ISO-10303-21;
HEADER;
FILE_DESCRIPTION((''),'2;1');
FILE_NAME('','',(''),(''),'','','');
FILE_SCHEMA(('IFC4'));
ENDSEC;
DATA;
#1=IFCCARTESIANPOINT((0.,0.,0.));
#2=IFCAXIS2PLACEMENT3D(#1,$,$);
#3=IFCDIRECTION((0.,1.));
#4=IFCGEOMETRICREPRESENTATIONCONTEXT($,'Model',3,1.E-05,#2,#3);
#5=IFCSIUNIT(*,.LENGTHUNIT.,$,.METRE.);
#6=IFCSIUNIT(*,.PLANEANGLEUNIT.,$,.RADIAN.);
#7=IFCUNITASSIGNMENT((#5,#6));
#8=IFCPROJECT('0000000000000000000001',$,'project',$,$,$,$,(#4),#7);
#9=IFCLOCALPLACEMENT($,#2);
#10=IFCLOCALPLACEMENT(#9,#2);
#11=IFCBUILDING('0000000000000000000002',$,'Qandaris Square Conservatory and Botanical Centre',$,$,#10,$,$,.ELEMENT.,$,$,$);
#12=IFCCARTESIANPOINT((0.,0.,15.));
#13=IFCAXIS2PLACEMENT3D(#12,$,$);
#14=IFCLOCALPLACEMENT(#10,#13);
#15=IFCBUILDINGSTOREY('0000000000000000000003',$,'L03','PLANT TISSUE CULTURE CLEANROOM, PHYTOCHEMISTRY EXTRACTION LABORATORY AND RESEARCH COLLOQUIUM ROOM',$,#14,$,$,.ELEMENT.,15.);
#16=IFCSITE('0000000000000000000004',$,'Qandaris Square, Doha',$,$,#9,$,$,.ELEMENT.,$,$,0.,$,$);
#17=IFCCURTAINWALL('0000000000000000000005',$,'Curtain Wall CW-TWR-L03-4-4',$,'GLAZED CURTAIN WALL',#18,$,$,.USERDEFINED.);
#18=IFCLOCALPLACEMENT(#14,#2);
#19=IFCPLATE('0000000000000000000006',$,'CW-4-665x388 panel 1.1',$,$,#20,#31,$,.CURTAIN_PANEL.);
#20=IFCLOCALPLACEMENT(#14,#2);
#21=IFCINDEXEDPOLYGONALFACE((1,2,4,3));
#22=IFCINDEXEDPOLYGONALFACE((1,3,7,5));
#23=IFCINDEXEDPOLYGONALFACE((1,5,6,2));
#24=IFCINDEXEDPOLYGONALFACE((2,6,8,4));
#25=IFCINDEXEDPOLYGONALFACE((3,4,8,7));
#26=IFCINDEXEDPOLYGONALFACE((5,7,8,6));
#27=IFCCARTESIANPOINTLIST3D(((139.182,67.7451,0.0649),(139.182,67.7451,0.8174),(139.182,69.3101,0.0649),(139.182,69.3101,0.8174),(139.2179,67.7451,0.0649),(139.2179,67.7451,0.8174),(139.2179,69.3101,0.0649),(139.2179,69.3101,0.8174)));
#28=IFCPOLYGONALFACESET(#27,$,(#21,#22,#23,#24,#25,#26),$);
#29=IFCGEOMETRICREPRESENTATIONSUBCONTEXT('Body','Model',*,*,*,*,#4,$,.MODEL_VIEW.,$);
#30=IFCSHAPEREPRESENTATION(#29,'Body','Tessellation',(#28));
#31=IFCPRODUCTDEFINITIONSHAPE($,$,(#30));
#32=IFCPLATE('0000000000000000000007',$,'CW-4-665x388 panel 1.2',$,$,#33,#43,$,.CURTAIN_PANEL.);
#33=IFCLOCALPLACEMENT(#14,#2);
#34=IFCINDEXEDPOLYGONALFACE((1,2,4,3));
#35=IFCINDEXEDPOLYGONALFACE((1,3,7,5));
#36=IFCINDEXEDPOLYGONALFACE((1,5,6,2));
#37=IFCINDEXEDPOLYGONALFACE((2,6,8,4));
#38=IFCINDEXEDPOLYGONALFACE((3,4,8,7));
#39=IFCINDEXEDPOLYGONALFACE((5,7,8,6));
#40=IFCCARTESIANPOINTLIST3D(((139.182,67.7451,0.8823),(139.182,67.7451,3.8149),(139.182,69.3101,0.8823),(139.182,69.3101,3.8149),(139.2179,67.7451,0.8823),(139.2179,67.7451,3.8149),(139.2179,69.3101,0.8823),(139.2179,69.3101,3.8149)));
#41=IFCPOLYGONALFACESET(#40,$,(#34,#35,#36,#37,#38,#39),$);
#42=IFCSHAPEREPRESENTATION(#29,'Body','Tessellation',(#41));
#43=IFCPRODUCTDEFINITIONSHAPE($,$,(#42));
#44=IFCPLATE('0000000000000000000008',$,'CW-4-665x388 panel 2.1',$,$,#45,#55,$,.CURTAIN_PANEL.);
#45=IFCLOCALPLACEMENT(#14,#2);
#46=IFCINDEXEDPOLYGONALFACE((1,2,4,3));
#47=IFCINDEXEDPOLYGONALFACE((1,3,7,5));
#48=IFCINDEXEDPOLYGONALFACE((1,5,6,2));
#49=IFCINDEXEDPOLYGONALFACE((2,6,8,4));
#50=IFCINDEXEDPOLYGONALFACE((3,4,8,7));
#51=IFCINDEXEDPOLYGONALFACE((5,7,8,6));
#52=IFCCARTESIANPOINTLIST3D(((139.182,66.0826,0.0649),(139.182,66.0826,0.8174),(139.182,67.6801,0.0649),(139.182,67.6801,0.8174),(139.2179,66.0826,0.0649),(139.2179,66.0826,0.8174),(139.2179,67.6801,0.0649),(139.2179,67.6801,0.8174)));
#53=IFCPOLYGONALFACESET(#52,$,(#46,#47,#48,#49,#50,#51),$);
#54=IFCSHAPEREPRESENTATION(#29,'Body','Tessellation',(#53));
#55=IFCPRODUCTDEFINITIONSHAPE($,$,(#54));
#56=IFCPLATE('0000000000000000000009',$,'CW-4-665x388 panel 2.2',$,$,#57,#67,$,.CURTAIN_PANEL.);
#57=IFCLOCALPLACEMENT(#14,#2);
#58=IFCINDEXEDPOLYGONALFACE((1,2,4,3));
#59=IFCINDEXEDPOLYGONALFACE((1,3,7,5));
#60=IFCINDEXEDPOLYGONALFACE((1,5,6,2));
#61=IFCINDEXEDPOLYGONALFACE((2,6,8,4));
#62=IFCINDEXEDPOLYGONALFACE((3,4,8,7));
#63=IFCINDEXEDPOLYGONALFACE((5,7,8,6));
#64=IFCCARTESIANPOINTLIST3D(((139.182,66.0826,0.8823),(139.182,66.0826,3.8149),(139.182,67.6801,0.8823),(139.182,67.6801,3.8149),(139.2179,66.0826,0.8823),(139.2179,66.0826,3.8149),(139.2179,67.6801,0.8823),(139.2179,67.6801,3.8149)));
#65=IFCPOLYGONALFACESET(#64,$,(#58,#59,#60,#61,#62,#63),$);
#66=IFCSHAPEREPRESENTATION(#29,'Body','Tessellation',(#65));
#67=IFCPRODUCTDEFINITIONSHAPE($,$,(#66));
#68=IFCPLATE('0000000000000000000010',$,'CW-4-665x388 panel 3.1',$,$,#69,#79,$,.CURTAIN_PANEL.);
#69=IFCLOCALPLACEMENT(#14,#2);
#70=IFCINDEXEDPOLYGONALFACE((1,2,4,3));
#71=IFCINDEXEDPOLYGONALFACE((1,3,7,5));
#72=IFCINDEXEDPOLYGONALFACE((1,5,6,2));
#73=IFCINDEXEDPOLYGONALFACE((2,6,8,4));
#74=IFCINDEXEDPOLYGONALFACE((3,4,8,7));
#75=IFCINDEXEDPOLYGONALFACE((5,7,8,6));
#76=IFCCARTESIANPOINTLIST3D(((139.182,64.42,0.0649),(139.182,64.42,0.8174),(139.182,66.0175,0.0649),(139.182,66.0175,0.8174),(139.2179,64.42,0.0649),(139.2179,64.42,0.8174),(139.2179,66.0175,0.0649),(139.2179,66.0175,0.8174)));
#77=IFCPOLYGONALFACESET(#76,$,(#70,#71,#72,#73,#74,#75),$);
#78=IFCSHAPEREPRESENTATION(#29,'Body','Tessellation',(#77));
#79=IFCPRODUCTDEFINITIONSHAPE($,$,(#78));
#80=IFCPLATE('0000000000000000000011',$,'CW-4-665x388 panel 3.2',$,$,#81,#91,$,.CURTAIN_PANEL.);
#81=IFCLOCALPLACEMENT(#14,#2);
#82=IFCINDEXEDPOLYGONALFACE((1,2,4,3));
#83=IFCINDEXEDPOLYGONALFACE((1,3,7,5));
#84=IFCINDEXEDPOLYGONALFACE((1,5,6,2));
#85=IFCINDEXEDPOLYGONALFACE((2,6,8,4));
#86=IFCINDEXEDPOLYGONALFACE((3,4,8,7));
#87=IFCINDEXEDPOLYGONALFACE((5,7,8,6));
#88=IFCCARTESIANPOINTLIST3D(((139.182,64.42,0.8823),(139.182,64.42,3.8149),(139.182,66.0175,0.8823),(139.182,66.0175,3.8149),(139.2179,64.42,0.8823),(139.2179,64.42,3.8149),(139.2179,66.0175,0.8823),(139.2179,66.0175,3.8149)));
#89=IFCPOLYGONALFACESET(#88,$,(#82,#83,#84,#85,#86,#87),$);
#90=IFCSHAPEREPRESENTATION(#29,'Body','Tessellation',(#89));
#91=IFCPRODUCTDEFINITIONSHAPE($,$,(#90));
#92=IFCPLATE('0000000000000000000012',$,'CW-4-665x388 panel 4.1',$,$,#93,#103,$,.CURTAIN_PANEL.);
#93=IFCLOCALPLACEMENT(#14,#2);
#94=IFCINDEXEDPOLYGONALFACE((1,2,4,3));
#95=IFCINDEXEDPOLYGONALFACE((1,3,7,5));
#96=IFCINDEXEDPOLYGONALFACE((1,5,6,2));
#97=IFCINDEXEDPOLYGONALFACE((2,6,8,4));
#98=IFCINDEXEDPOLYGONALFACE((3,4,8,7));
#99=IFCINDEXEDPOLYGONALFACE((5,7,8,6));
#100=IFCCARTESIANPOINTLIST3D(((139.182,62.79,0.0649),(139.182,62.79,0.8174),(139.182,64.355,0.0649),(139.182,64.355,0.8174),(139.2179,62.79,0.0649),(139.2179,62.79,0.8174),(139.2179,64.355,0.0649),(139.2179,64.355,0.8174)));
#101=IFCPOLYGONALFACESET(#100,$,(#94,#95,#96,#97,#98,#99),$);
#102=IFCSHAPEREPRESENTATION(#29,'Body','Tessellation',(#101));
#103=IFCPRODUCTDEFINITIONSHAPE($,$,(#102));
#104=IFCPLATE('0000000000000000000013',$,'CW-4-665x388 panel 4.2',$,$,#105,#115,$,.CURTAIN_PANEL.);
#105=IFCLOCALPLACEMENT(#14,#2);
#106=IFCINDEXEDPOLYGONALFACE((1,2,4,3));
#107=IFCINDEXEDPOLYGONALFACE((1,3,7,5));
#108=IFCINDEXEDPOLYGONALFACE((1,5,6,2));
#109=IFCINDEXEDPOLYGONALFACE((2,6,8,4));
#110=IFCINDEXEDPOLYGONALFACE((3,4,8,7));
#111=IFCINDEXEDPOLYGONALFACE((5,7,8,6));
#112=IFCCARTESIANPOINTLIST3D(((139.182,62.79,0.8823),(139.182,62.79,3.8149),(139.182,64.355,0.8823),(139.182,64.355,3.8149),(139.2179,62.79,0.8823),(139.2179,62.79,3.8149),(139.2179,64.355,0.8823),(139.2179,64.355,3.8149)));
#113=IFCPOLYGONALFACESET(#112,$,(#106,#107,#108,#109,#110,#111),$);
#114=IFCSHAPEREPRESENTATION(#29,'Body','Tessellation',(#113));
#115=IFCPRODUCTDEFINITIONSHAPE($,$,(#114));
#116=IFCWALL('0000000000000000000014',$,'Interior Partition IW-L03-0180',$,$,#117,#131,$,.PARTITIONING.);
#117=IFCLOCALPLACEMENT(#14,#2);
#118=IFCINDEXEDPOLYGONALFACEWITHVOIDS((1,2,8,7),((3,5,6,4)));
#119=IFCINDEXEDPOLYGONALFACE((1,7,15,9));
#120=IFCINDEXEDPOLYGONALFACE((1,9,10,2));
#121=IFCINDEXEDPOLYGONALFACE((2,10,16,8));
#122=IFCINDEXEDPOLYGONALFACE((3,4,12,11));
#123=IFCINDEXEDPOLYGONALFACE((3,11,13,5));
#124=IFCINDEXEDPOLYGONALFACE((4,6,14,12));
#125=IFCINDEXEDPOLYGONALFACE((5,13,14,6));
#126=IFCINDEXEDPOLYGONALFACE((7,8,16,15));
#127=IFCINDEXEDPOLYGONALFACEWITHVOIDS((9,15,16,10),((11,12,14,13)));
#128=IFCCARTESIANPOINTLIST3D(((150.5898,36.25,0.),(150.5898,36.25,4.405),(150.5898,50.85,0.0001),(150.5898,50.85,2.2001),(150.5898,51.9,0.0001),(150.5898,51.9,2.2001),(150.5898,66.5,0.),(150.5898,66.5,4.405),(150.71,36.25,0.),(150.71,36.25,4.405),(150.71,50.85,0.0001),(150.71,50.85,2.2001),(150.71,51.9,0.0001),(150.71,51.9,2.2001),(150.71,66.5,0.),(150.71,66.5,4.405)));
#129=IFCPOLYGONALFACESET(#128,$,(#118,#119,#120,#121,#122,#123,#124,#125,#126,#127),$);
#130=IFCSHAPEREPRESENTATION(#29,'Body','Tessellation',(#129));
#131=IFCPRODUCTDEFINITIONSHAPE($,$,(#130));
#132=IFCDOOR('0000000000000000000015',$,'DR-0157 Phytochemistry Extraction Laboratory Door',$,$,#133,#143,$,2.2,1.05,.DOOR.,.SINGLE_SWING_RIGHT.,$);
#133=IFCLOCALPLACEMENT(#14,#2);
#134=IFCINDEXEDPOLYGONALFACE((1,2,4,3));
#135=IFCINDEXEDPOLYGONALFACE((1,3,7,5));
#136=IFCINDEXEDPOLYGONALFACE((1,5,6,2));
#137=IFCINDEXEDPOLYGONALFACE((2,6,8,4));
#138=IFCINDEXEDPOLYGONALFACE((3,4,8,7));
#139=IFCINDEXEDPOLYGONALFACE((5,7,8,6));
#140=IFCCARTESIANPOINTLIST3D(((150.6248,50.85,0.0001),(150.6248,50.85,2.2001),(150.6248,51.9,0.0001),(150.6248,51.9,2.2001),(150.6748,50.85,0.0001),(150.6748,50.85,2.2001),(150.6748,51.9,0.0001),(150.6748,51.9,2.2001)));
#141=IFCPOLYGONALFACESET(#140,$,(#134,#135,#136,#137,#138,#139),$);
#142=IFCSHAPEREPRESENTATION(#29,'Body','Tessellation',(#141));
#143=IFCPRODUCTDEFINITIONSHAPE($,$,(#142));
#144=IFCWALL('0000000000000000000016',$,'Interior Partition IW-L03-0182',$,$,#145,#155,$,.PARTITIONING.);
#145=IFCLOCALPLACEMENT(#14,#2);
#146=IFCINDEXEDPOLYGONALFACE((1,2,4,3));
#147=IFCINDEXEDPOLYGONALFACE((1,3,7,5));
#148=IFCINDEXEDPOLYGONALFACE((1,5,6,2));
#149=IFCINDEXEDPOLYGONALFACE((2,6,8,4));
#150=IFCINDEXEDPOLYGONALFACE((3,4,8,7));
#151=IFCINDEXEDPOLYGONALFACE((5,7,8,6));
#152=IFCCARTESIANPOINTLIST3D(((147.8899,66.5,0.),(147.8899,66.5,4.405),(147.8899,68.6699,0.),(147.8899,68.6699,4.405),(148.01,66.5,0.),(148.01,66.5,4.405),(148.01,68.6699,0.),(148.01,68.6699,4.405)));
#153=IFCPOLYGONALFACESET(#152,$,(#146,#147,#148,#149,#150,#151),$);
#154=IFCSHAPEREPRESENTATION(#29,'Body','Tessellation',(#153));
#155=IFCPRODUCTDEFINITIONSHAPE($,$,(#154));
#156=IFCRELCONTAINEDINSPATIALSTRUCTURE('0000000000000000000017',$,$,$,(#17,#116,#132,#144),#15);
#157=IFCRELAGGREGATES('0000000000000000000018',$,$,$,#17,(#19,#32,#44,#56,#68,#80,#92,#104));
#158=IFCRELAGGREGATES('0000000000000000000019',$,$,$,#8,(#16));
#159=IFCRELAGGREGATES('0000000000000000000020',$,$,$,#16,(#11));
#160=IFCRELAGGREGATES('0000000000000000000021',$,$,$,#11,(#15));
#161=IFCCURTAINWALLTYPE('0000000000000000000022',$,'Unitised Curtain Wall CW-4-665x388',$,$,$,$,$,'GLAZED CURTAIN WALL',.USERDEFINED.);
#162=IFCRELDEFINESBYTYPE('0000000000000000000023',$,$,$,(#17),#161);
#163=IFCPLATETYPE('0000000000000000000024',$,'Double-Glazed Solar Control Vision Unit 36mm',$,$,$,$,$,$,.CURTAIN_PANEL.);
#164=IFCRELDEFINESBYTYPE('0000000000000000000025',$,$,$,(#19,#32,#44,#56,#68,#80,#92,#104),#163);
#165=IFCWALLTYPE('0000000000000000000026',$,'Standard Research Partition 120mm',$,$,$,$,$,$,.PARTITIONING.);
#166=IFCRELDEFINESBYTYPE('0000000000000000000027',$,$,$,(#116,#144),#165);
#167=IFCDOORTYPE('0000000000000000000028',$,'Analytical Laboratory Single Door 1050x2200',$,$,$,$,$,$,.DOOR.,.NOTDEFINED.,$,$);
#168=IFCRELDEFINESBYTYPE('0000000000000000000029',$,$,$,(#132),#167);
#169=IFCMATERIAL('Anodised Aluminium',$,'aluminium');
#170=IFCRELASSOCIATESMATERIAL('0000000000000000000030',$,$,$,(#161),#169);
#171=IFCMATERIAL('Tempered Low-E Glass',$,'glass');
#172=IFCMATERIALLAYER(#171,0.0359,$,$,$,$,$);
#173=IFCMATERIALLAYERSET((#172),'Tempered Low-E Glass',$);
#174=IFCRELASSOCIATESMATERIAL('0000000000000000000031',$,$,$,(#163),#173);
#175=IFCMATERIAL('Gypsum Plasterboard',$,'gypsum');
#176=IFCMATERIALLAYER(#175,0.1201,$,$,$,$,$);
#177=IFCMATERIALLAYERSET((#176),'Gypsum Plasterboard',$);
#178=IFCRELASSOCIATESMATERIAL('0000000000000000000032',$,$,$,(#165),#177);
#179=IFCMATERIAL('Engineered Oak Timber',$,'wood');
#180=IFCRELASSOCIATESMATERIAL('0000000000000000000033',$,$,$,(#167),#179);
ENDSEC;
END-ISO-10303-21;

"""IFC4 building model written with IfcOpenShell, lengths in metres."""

from ifc_helpers import new_model, si_unit, direction, frame, frame_2d, origin, origin_2d, place, context, subcontext, project, spatial, rectangle, extrude, material, layer, layer_set, type_object, element, fill, aggregate, save


model = new_model("IFC4")

# Units and contexts
model_context = context("Model", 3, precision=1e-05, world=origin(), true_north=direction((0.0, 1.0)))
body_context = subcontext(model_context, "Body", "Model", "MODEL_VIEW")
ifc_project = project(units=[si_unit("LENGTHUNIT", "METRE"), si_unit("PLANEANGLEUNIT", "RADIAN")], contexts=[model_context])

# Site, building, storey
site_placement = place(None, origin())
site = spatial("IfcSite", under=ifc_project, at=site_placement, Name="Qandaris Square, Doha", CompositionType="ELEMENT", RefElevation=0.0)
building_placement = place(site_placement, origin())
building = spatial("IfcBuilding", under=site, at=building_placement, Name="Qandaris Square Conservatory and Botanical Centre", CompositionType="ELEMENT")
storey_placement = place(building_placement, frame((0.0, 0.0, 15.0)))
storey = spatial("IfcBuildingStorey", under=building, at=storey_placement, Name="L03", Description="PLANT TISSUE CULTURE CLEANROOM, PHYTOCHEMISTRY EXTRACTION LABORATORY AND RESEARCH COLLOQUIUM ROOM", CompositionType="ELEMENT", Elevation=15.0)

# Curtain wall
ifc_material_1 = material(Name="Anodised Aluminium", Category="aluminium")
curtain_wall_type = type_object("IfcCurtainWallType", Name="Unitised Curtain Wall CW-4-665x388", ElementType="GLAZED CURTAIN WALL", PredefinedType="USERDEFINED", material=ifc_material_1)
curtain_wall_placement = place(storey_placement, origin())
curtain_wall = element("IfcCurtainWall", 1, at=curtain_wall_placement, inside=storey, type_object=curtain_wall_type, Name="Curtain Wall CW-TWR-L03-4-4", ObjectType="GLAZED CURTAIN WALL", PredefinedType="USERDEFINED")

# Plates
ifc_material_2 = material(Name="Tempered Low-E Glass", Category="glass")
ifc_layer_1 = layer(ifc_material_2, 0.0359)
ifc_layer_set_1 = layer_set([ifc_layer_1], Name="Tempered Low-E Glass")
plate_type = type_object("IfcPlateType", Name="Double-Glazed Solar Control Vision Unit 36mm", PredefinedType="CURTAIN_PANEL", material=ifc_layer_set_1)
plate_1_placement = place(storey_placement, frame((139.2, 68.5276, 0.0649), z_axis=(0.0, 0.0, 1.0), x_axis=(0.0, -1.0, 0.0)))
plate_1 = element("IfcPlate", 2, at=plate_1_placement, type_object=plate_type, Name="CW-4-665x388 panel 1.1", PredefinedType="CURTAIN_PANEL", context=body_context, shape_type="SweptSolid", body=[
    extrude(rectangle(XDim=1.5649, YDim=0.0359, at=origin_2d()), origin(), (0.0, 0.0, 1.0), 0.7524),
])
plate_2_placement = place(storey_placement, frame((139.2, 68.5276, 0.8823), z_axis=(0.0, 0.0, 1.0), x_axis=(0.0, -1.0, 0.0)))
plate_2 = element("IfcPlate", 3, at=plate_2_placement, type_object=plate_type, Name="CW-4-665x388 panel 1.2", PredefinedType="CURTAIN_PANEL", context=body_context, shape_type="SweptSolid", body=[
    extrude(rectangle(XDim=1.5649, YDim=0.0359, at=origin_2d()), origin(), (0.0, 0.0, 1.0), 2.9326),
])
plate_3_placement = place(storey_placement, frame((139.2, 66.8813, 0.0649), z_axis=(0.0, 0.0, 1.0), x_axis=(0.0, -1.0, 0.0)))
plate_3 = element("IfcPlate", 4, at=plate_3_placement, type_object=plate_type, Name="CW-4-665x388 panel 2.1", PredefinedType="CURTAIN_PANEL", context=body_context, shape_type="SweptSolid", body=[
    extrude(rectangle(XDim=1.5974, YDim=0.0359, at=origin_2d()), origin(), (0.0, 0.0, 1.0), 0.7524),
])
plate_4_placement = place(storey_placement, frame((139.2, 66.8813, 0.8823), z_axis=(0.0, 0.0, 1.0), x_axis=(0.0, -1.0, 0.0)))
plate_4 = element("IfcPlate", 5, at=plate_4_placement, type_object=plate_type, Name="CW-4-665x388 panel 2.2", PredefinedType="CURTAIN_PANEL", context=body_context, shape_type="SweptSolid", body=[
    extrude(rectangle(XDim=1.5974, YDim=0.0359, at=origin_2d()), origin(), (0.0, 0.0, 1.0), 2.9326),
])
plate_5_placement = place(storey_placement, frame((139.2, 65.2188, 0.0649), z_axis=(0.0, 0.0, 1.0), x_axis=(0.0, -1.0, 0.0)))
plate_5 = element("IfcPlate", 6, at=plate_5_placement, type_object=plate_type, Name="CW-4-665x388 panel 3.1", PredefinedType="CURTAIN_PANEL", context=body_context, shape_type="SweptSolid", body=[
    extrude(rectangle(XDim=1.5974, YDim=0.0359, at=origin_2d()), origin(), (0.0, 0.0, 1.0), 0.7524),
])
plate_6_placement = place(storey_placement, frame((139.2, 65.2188, 0.8823), z_axis=(0.0, 0.0, 1.0), x_axis=(0.0, -1.0, 0.0)))
plate_6 = element("IfcPlate", 7, at=plate_6_placement, type_object=plate_type, Name="CW-4-665x388 panel 3.2", PredefinedType="CURTAIN_PANEL", context=body_context, shape_type="SweptSolid", body=[
    extrude(rectangle(XDim=1.5974, YDim=0.0359, at=origin_2d()), origin(), (0.0, 0.0, 1.0), 2.9326),
])
plate_7_placement = place(storey_placement, frame((139.2, 63.5725, 0.0649), z_axis=(0.0, 0.0, 1.0), x_axis=(0.0, -1.0, 0.0)))
plate_7 = element("IfcPlate", 8, at=plate_7_placement, type_object=plate_type, Name="CW-4-665x388 panel 4.1", PredefinedType="CURTAIN_PANEL", context=body_context, shape_type="SweptSolid", body=[
    extrude(rectangle(XDim=1.5649, YDim=0.0359, at=origin_2d()), origin(), (0.0, 0.0, 1.0), 0.7524),
])
plate_8_placement = place(storey_placement, frame((139.2, 63.5725, 0.8823), z_axis=(0.0, 0.0, 1.0), x_axis=(0.0, -1.0, 0.0)))
plate_8 = element("IfcPlate", 9, at=plate_8_placement, type_object=plate_type, Name="CW-4-665x388 panel 4.2", PredefinedType="CURTAIN_PANEL", context=body_context, shape_type="SweptSolid", body=[
    extrude(rectangle(XDim=1.5649, YDim=0.0359, at=origin_2d()), origin(), (0.0, 0.0, 1.0), 2.9326),
])
aggregate(curtain_wall, [plate_1, plate_2, plate_3, plate_4, plate_5, plate_6, plate_7, plate_8])

# Wall, opening, door
ifc_material_3 = material(Name="Gypsum Plasterboard", Category="gypsum")
ifc_layer_2 = layer(ifc_material_3, 0.1201)
ifc_layer_set_2 = layer_set([ifc_layer_2], Name="Gypsum Plasterboard")
wall_type = type_object("IfcWallType", Name="Standard Research Partition 120mm", PredefinedType="PARTITIONING", material=ifc_layer_set_2)
wall_1_placement = place(storey_placement, frame((150.6499, 66.5, 0.0), z_axis=(0.0, 0.0, 1.0), x_axis=(0.0, -1.0, 0.0)))
wall_1 = element("IfcWall", 10, at=wall_1_placement, inside=storey, type_object=wall_type, Name="Interior Partition IW-L03-0180", PredefinedType="PARTITIONING", context=body_context, shape_type="SweptSolid", body=[
    extrude(rectangle(XDim=30.25, YDim=0.1201, at=frame_2d((15.125, 0.0))), origin(), (0.0, 0.0, 1.0), 4.405),
])
opening_placement = place(wall_1_placement, frame((14.6001, 0.0, 0.0)))
opening = element("IfcOpeningElement", 11, at=opening_placement, cuts=wall_1, PredefinedType="OPENING", context=body_context, shape_type="SweptSolid", body=[
    extrude(rectangle(XDim=1.05, YDim=2.2, at=frame_2d((0.5249, 1.1001))), frame((0.0, 0.072, 0.0), z_axis=(0.0, -1.0, 0.0), x_axis=(1.0, 0.0, 0.0)), (0.0, 0.0, 1.0), 0.144),
])
ifc_material_4 = material(Name="Engineered Oak Timber", Category="wood")
door_type = type_object("IfcDoorType", Name="Analytical Laboratory Single Door 1050x2200", OperationType="NOTDEFINED", PredefinedType="DOOR", material=ifc_material_4)
door_placement = place(opening_placement, origin())
door = element("IfcDoor", 12, at=door_placement, inside=storey, type_object=door_type, Name="DR-0157 Phytochemistry Extraction Laboratory Door", OperationType="SINGLE_SWING_RIGHT", OverallHeight=2.2, OverallWidth=1.05, PredefinedType="DOOR", context=body_context, shape_type="SweptSolid", body=[
    extrude(rectangle(XDim=1.05, YDim=2.2, at=frame_2d((0.5249, 1.1001))), frame((0.0, 0.0249, 0.0), z_axis=(0.0, -1.0, 0.0), x_axis=(1.0, 0.0, 0.0)), (0.0, 0.0, 1.0), 0.05),
])
fill(opening, door)

# Wall
wall_2_placement = place(storey_placement, frame((147.95, 66.5, 0.0), z_axis=(0.0, 0.0, 1.0), x_axis=(0.0, 1.0, 0.0)))
element("IfcWall", 13, at=wall_2_placement, inside=storey, type_object=wall_type, Name="Interior Partition IW-L03-0182", PredefinedType="PARTITIONING", context=body_context, shape_type="SweptSolid", body=[
    extrude(rectangle(XDim=2.1699, YDim=0.1201, at=frame_2d((1.085, 0.0))), origin(), (0.0, 0.0, 1.0), 4.405),
])

save(model, "model.ifc")
